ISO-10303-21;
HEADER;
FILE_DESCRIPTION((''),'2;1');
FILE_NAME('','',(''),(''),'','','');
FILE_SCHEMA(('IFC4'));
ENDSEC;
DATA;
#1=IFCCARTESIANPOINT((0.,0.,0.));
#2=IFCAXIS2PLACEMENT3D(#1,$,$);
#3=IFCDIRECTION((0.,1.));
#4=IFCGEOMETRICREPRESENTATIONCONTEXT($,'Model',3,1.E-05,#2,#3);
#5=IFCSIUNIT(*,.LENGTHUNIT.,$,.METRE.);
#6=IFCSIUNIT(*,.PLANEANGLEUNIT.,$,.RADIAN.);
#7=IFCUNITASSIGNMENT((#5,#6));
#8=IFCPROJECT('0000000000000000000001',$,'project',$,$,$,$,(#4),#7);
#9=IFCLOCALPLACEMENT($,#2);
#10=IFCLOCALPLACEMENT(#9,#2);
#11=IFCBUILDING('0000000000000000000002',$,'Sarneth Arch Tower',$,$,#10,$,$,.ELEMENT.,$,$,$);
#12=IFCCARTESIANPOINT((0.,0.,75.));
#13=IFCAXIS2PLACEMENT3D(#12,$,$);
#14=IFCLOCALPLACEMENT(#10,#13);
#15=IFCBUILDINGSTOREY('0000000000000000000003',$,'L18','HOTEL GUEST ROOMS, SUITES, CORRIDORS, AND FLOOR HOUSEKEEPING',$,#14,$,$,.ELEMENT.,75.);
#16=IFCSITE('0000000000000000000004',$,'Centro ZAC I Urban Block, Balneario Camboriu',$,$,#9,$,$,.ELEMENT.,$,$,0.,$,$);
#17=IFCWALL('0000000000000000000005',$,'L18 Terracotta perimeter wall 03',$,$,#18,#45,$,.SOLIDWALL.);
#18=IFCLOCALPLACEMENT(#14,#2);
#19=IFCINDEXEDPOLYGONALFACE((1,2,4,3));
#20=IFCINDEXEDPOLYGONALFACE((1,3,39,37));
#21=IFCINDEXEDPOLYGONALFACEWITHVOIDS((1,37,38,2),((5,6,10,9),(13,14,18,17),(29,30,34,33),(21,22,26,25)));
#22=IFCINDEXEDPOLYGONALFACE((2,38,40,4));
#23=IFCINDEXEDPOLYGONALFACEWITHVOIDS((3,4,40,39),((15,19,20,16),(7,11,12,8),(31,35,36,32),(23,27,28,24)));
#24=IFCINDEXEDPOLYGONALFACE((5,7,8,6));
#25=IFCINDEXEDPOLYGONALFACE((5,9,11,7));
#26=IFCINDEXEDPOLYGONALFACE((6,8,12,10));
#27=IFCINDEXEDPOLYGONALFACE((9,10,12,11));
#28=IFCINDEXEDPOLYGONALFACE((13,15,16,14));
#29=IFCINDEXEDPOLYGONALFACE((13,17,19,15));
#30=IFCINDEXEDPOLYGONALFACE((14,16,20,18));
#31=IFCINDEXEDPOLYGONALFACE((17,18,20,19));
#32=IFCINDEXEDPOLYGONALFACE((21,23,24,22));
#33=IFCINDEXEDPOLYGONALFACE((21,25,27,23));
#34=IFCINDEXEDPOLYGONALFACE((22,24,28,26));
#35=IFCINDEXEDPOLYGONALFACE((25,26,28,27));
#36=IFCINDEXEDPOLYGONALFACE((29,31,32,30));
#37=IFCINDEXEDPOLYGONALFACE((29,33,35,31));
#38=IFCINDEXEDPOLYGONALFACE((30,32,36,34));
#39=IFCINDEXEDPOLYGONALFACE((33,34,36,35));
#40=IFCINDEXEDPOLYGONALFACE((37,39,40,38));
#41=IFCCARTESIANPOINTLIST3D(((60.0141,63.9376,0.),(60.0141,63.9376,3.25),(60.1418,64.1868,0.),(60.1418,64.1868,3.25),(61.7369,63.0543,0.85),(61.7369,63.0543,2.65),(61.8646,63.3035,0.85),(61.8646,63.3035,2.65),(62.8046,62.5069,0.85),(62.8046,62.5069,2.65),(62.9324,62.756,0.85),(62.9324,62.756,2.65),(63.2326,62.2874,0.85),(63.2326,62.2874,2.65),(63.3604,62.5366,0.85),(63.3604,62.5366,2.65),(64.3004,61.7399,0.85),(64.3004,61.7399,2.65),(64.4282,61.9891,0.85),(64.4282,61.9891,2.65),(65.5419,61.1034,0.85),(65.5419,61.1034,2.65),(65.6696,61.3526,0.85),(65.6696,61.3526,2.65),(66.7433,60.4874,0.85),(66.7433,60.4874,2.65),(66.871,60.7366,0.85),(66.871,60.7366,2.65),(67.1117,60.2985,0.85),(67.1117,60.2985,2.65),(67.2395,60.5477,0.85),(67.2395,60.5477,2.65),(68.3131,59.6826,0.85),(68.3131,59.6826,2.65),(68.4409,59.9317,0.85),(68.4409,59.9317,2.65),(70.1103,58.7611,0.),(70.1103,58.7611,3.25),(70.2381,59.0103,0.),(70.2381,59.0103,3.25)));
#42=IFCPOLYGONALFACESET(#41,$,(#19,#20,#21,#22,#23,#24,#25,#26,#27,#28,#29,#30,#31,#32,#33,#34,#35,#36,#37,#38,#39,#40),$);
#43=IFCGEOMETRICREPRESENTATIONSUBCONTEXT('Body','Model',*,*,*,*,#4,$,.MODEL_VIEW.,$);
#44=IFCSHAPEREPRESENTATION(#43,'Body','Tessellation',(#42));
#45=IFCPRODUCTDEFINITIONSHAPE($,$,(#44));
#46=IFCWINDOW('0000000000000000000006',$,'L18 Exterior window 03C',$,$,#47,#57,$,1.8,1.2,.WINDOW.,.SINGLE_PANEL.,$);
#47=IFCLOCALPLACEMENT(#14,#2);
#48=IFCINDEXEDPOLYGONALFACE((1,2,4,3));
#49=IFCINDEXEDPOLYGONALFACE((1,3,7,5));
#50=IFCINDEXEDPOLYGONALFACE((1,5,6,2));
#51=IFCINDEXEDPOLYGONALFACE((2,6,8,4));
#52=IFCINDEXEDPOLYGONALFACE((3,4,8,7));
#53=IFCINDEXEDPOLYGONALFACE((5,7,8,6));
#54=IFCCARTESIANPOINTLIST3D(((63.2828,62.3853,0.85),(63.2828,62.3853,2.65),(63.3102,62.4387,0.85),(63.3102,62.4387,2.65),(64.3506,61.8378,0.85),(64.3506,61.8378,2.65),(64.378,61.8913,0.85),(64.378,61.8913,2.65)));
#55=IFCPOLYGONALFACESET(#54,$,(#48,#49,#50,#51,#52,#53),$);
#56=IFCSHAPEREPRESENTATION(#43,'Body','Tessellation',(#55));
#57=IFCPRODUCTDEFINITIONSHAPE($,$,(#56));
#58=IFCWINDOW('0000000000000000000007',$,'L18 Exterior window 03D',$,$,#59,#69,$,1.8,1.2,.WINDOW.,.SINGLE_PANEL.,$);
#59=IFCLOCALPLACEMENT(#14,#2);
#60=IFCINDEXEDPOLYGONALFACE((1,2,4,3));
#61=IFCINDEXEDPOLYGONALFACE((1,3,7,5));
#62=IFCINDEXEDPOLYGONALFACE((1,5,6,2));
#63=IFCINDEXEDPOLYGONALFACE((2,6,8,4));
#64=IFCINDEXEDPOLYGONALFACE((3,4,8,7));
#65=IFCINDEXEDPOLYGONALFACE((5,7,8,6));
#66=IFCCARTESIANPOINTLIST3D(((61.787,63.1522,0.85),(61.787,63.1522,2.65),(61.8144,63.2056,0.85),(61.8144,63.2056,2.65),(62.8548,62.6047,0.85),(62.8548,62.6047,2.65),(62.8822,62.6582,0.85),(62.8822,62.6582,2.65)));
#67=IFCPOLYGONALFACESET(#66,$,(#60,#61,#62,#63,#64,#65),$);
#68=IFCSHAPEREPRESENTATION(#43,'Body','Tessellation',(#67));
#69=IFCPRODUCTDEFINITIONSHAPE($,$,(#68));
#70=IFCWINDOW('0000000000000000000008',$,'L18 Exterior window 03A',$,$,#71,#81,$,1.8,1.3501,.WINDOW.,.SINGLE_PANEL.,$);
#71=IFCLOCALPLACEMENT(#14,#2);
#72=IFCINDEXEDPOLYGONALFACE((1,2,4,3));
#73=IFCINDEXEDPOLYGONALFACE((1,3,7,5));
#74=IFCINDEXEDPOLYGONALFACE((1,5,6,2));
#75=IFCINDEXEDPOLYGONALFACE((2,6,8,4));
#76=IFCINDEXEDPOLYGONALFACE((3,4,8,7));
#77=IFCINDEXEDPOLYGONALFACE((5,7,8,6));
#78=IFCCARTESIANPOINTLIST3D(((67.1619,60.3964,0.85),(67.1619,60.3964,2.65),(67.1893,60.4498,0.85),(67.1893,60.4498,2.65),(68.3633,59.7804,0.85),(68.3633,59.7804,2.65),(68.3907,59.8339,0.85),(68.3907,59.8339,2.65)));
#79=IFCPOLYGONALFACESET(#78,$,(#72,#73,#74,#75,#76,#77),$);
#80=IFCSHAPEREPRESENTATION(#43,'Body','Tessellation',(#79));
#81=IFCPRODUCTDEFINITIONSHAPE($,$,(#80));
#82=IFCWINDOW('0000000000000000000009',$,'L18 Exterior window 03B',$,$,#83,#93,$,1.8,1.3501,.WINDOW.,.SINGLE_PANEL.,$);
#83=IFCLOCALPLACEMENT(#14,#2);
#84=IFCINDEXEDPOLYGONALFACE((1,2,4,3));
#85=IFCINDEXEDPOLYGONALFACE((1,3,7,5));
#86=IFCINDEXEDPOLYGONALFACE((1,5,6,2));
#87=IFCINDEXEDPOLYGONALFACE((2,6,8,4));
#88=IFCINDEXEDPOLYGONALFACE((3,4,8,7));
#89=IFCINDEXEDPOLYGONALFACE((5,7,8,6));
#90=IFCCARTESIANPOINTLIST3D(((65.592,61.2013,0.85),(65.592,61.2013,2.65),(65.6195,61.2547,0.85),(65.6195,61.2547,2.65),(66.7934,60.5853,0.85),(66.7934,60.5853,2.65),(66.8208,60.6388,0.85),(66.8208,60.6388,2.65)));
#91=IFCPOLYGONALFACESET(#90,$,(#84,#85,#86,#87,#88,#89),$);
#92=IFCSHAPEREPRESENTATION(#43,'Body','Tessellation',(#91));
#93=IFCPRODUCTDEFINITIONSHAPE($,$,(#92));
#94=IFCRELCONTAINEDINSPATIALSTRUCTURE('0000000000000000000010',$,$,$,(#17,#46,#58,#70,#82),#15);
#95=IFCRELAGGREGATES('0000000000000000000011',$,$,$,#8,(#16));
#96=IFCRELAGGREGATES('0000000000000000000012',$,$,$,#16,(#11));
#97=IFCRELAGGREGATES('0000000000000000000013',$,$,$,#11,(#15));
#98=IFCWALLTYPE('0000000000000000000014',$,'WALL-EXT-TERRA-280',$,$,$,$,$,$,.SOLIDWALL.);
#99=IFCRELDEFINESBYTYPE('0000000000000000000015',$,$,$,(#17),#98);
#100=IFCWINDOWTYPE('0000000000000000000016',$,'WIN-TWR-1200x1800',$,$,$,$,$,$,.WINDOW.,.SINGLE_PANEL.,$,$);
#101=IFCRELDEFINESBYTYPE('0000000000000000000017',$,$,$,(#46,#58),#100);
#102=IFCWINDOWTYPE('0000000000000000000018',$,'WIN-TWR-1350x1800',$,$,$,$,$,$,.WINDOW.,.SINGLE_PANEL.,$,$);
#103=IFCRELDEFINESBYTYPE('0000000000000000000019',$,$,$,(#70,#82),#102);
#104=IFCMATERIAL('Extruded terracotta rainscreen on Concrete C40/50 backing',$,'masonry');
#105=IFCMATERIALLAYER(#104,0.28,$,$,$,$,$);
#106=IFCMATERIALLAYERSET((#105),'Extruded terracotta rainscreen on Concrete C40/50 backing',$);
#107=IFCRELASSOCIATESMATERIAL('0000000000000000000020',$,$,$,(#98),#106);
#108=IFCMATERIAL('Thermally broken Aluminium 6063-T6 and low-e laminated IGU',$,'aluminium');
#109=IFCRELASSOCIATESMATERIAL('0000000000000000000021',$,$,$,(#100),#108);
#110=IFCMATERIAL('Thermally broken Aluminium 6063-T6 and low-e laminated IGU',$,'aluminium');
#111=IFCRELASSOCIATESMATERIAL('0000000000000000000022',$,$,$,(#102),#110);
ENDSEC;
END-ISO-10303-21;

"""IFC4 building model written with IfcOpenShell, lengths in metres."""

from ifc_helpers import new_model, si_unit, direction, frame, frame_2d, origin, place, context, subcontext, project, spatial, rectangle, extrude, material, layer, layer_set, type_object, element, fill, save


model = new_model("IFC4")

# Units and contexts
model_context = context("Model", 3, precision=1e-05, world=origin(), true_north=direction((0.0, 1.0)))
body_context = subcontext(model_context, "Body", "Model", "MODEL_VIEW")
ifc_project = project(units=[si_unit("LENGTHUNIT", "METRE"), si_unit("PLANEANGLEUNIT", "RADIAN")], contexts=[model_context])

# Site, building, storey
site_placement = place(None, origin())
site = spatial("IfcSite", under=ifc_project, at=site_placement, Name="Centro ZAC I Urban Block, Balneario Camboriu", CompositionType="ELEMENT", RefElevation=0.0)
building_placement = place(site_placement, origin())
building = spatial("IfcBuilding", under=site, at=building_placement, Name="Sarneth Arch Tower", CompositionType="ELEMENT")
storey_placement = place(building_placement, frame((0.0, 0.0, 75.0)))
storey = spatial("IfcBuildingStorey", under=building, at=storey_placement, Name="L18", Description="HOTEL GUEST ROOMS, SUITES, CORRIDORS, AND FLOOR HOUSEKEEPING", CompositionType="ELEMENT", Elevation=75.0)

# Wall, openings, windows
ifc_material_1 = material(Name="Extruded terracotta rainscreen on Concrete C40/50 backing", Category="masonry")
ifc_layer_1 = layer(ifc_material_1, 0.28)
ifc_layer_set_1 = layer_set([ifc_layer_1], Name="Extruded terracotta rainscreen on Concrete C40/50 backing")
wall_type = type_object("IfcWallType", Name="WALL-EXT-TERRA-280", PredefinedType="SOLIDWALL", material=ifc_layer_set_1)
wall_placement = place(storey_placement, frame((70.1741, 58.8857, 0.0), z_axis=(0.0, 0.0, 1.0), x_axis=(-0.889854, 0.456245, 0.0)))
wall = element("IfcWall", 1, at=wall_placement, inside=storey, type_object=wall_type, Name="L18 Terracotta perimeter wall 03", PredefinedType="SOLIDWALL", context=body_context, shape_type="SweptSolid", body=[
    extrude(rectangle(XDim=11.3459, YDim=0.28, at=frame_2d((5.6729, 0.0))), origin(), (0.0, 0.0, 1.0), 3.25),
])
opening_1_placement = place(wall_placement, frame((2.0195, 0.0, 0.8501)))
opening_1 = element("IfcOpeningElement", 2, at=opening_1_placement, cuts=wall, PredefinedType="OPENING", context=body_context, shape_type="SweptSolid", body=[
    extrude(rectangle(XDim=1.3501, YDim=1.8, at=frame_2d((0.675, 0.8999))), frame((0.0, 0.1499, 0.0), z_axis=(0.0, -1.0, 0.0), x_axis=(1.0, 0.0, 0.0)), (0.0, 0.0, 1.0), 0.3),
])
opening_2_placement = place(wall_placement, frame((3.7837, 0.0, 0.8501)))
opening_2 = element("IfcOpeningElement", 3, at=opening_2_placement, cuts=wall, PredefinedType="OPENING", context=body_context, shape_type="SweptSolid", body=[
    extrude(rectangle(XDim=1.3501, YDim=1.8, at=frame_2d((0.675, 0.8999))), frame((0.0, 0.1499, 0.0), z_axis=(0.0, -1.0, 0.0), x_axis=(1.0, 0.0, 0.0)), (0.0, 0.0, 1.0), 0.3),
])
opening_3_placement = place(wall_placement, frame((6.5288, 0.0, 0.8501)))
opening_3 = element("IfcOpeningElement", 4, at=opening_3_placement, cuts=wall, PredefinedType="OPENING", context=body_context, shape_type="SweptSolid", body=[
    extrude(rectangle(XDim=1.2, YDim=1.8, at=frame_2d((0.6001, 0.8999))), frame((0.0, 0.1499, 0.0), z_axis=(0.0, -1.0, 0.0), x_axis=(1.0, 0.0, 0.0)), (0.0, 0.0, 1.0), 0.3),
])
opening_4_placement = place(wall_placement, frame((8.2097, 0.0, 0.8501)))
opening_4 = element("IfcOpeningElement", 5, at=opening_4_placement, cuts=wall, PredefinedType="OPENING", context=body_context, shape_type="SweptSolid", body=[
    extrude(rectangle(XDim=1.2, YDim=1.8, at=frame_2d((0.6001, 0.8999))), frame((0.0, 0.1499, 0.0), z_axis=(0.0, -1.0, 0.0), x_axis=(1.0, 0.0, 0.0)), (0.0, 0.0, 1.0), 0.3),
])
ifc_material_2 = material(Name="Thermally broken Aluminium 6063-T6 and low-e laminated IGU", Category="aluminium")
window_type_1 = type_object("IfcWindowType", Name="WIN-TWR-1200x1800", PartitioningType="SINGLE_PANEL", PredefinedType="WINDOW", material=ifc_material_2)
window_1_placement = place(opening_3_placement, origin())
window_1 = element("IfcWindow", 6, at=window_1_placement, inside=storey, type_object=window_type_1, Name="L18 Exterior window 03C", OverallHeight=1.8, OverallWidth=1.2, PartitioningType="SINGLE_PANEL", PredefinedType="WINDOW", context=body_context, shape_type="SweptSolid", body=[
    extrude(rectangle(XDim=1.2, YDim=1.8, at=frame_2d((0.6001, 0.8999))), frame((0.0, 0.03, 0.0), z_axis=(0.0, -1.0, 0.0), x_axis=(1.0, 0.0, 0.0)), (0.0, 0.0, 1.0), 0.0601),
])
fill(opening_3, window_1)
window_2_placement = place(opening_4_placement, origin())
window_2 = element("IfcWindow", 7, at=window_2_placement, inside=storey, type_object=window_type_1, Name="L18 Exterior window 03D", OverallHeight=1.8, OverallWidth=1.2, PartitioningType="SINGLE_PANEL", PredefinedType="WINDOW", context=body_context, shape_type="SweptSolid", body=[
    extrude(rectangle(XDim=1.2, YDim=1.8, at=frame_2d((0.6001, 0.8999))), frame((0.0, 0.03, 0.0), z_axis=(0.0, -1.0, 0.0), x_axis=(1.0, 0.0, 0.0)), (0.0, 0.0, 1.0), 0.0601),
])
fill(opening_4, window_2)
ifc_material_3 = material(Name="Thermally broken Aluminium 6063-T6 and low-e laminated IGU", Category="aluminium")
window_type_2 = type_object("IfcWindowType", Name="WIN-TWR-1350x1800", PartitioningType="SINGLE_PANEL", PredefinedType="WINDOW", material=ifc_material_3)
window_3_placement = place(opening_1_placement, origin())
window_3 = element("IfcWindow", 8, at=window_3_placement, inside=storey, type_object=window_type_2, Name="L18 Exterior window 03A", OverallHeight=1.8, OverallWidth=1.3501, PartitioningType="SINGLE_PANEL", PredefinedType="WINDOW", context=body_context, shape_type="SweptSolid", body=[
    extrude(rectangle(XDim=1.3501, YDim=1.8, at=frame_2d((0.675, 0.8999))), frame((0.0, 0.03, 0.0), z_axis=(0.0, -1.0, 0.0), x_axis=(1.0, 0.0, 0.0)), (0.0, 0.0, 1.0), 0.0601),
])
fill(opening_1, window_3)
window_4_placement = place(opening_2_placement, origin())
window_4 = element("IfcWindow", 9, at=window_4_placement, inside=storey, type_object=window_type_2, Name="L18 Exterior window 03B", OverallHeight=1.8, OverallWidth=1.3501, PartitioningType="SINGLE_PANEL", PredefinedType="WINDOW", context=body_context, shape_type="SweptSolid", body=[
    extrude(rectangle(XDim=1.3501, YDim=1.8, at=frame_2d((0.675, 0.8999))), frame((0.0, 0.03, 0.0), z_axis=(0.0, -1.0, 0.0), x_axis=(1.0, 0.0, 0.0)), (0.0, 0.0, 1.0), 0.0601),
])
fill(opening_2, window_4)

save(model, "model.ifc")
